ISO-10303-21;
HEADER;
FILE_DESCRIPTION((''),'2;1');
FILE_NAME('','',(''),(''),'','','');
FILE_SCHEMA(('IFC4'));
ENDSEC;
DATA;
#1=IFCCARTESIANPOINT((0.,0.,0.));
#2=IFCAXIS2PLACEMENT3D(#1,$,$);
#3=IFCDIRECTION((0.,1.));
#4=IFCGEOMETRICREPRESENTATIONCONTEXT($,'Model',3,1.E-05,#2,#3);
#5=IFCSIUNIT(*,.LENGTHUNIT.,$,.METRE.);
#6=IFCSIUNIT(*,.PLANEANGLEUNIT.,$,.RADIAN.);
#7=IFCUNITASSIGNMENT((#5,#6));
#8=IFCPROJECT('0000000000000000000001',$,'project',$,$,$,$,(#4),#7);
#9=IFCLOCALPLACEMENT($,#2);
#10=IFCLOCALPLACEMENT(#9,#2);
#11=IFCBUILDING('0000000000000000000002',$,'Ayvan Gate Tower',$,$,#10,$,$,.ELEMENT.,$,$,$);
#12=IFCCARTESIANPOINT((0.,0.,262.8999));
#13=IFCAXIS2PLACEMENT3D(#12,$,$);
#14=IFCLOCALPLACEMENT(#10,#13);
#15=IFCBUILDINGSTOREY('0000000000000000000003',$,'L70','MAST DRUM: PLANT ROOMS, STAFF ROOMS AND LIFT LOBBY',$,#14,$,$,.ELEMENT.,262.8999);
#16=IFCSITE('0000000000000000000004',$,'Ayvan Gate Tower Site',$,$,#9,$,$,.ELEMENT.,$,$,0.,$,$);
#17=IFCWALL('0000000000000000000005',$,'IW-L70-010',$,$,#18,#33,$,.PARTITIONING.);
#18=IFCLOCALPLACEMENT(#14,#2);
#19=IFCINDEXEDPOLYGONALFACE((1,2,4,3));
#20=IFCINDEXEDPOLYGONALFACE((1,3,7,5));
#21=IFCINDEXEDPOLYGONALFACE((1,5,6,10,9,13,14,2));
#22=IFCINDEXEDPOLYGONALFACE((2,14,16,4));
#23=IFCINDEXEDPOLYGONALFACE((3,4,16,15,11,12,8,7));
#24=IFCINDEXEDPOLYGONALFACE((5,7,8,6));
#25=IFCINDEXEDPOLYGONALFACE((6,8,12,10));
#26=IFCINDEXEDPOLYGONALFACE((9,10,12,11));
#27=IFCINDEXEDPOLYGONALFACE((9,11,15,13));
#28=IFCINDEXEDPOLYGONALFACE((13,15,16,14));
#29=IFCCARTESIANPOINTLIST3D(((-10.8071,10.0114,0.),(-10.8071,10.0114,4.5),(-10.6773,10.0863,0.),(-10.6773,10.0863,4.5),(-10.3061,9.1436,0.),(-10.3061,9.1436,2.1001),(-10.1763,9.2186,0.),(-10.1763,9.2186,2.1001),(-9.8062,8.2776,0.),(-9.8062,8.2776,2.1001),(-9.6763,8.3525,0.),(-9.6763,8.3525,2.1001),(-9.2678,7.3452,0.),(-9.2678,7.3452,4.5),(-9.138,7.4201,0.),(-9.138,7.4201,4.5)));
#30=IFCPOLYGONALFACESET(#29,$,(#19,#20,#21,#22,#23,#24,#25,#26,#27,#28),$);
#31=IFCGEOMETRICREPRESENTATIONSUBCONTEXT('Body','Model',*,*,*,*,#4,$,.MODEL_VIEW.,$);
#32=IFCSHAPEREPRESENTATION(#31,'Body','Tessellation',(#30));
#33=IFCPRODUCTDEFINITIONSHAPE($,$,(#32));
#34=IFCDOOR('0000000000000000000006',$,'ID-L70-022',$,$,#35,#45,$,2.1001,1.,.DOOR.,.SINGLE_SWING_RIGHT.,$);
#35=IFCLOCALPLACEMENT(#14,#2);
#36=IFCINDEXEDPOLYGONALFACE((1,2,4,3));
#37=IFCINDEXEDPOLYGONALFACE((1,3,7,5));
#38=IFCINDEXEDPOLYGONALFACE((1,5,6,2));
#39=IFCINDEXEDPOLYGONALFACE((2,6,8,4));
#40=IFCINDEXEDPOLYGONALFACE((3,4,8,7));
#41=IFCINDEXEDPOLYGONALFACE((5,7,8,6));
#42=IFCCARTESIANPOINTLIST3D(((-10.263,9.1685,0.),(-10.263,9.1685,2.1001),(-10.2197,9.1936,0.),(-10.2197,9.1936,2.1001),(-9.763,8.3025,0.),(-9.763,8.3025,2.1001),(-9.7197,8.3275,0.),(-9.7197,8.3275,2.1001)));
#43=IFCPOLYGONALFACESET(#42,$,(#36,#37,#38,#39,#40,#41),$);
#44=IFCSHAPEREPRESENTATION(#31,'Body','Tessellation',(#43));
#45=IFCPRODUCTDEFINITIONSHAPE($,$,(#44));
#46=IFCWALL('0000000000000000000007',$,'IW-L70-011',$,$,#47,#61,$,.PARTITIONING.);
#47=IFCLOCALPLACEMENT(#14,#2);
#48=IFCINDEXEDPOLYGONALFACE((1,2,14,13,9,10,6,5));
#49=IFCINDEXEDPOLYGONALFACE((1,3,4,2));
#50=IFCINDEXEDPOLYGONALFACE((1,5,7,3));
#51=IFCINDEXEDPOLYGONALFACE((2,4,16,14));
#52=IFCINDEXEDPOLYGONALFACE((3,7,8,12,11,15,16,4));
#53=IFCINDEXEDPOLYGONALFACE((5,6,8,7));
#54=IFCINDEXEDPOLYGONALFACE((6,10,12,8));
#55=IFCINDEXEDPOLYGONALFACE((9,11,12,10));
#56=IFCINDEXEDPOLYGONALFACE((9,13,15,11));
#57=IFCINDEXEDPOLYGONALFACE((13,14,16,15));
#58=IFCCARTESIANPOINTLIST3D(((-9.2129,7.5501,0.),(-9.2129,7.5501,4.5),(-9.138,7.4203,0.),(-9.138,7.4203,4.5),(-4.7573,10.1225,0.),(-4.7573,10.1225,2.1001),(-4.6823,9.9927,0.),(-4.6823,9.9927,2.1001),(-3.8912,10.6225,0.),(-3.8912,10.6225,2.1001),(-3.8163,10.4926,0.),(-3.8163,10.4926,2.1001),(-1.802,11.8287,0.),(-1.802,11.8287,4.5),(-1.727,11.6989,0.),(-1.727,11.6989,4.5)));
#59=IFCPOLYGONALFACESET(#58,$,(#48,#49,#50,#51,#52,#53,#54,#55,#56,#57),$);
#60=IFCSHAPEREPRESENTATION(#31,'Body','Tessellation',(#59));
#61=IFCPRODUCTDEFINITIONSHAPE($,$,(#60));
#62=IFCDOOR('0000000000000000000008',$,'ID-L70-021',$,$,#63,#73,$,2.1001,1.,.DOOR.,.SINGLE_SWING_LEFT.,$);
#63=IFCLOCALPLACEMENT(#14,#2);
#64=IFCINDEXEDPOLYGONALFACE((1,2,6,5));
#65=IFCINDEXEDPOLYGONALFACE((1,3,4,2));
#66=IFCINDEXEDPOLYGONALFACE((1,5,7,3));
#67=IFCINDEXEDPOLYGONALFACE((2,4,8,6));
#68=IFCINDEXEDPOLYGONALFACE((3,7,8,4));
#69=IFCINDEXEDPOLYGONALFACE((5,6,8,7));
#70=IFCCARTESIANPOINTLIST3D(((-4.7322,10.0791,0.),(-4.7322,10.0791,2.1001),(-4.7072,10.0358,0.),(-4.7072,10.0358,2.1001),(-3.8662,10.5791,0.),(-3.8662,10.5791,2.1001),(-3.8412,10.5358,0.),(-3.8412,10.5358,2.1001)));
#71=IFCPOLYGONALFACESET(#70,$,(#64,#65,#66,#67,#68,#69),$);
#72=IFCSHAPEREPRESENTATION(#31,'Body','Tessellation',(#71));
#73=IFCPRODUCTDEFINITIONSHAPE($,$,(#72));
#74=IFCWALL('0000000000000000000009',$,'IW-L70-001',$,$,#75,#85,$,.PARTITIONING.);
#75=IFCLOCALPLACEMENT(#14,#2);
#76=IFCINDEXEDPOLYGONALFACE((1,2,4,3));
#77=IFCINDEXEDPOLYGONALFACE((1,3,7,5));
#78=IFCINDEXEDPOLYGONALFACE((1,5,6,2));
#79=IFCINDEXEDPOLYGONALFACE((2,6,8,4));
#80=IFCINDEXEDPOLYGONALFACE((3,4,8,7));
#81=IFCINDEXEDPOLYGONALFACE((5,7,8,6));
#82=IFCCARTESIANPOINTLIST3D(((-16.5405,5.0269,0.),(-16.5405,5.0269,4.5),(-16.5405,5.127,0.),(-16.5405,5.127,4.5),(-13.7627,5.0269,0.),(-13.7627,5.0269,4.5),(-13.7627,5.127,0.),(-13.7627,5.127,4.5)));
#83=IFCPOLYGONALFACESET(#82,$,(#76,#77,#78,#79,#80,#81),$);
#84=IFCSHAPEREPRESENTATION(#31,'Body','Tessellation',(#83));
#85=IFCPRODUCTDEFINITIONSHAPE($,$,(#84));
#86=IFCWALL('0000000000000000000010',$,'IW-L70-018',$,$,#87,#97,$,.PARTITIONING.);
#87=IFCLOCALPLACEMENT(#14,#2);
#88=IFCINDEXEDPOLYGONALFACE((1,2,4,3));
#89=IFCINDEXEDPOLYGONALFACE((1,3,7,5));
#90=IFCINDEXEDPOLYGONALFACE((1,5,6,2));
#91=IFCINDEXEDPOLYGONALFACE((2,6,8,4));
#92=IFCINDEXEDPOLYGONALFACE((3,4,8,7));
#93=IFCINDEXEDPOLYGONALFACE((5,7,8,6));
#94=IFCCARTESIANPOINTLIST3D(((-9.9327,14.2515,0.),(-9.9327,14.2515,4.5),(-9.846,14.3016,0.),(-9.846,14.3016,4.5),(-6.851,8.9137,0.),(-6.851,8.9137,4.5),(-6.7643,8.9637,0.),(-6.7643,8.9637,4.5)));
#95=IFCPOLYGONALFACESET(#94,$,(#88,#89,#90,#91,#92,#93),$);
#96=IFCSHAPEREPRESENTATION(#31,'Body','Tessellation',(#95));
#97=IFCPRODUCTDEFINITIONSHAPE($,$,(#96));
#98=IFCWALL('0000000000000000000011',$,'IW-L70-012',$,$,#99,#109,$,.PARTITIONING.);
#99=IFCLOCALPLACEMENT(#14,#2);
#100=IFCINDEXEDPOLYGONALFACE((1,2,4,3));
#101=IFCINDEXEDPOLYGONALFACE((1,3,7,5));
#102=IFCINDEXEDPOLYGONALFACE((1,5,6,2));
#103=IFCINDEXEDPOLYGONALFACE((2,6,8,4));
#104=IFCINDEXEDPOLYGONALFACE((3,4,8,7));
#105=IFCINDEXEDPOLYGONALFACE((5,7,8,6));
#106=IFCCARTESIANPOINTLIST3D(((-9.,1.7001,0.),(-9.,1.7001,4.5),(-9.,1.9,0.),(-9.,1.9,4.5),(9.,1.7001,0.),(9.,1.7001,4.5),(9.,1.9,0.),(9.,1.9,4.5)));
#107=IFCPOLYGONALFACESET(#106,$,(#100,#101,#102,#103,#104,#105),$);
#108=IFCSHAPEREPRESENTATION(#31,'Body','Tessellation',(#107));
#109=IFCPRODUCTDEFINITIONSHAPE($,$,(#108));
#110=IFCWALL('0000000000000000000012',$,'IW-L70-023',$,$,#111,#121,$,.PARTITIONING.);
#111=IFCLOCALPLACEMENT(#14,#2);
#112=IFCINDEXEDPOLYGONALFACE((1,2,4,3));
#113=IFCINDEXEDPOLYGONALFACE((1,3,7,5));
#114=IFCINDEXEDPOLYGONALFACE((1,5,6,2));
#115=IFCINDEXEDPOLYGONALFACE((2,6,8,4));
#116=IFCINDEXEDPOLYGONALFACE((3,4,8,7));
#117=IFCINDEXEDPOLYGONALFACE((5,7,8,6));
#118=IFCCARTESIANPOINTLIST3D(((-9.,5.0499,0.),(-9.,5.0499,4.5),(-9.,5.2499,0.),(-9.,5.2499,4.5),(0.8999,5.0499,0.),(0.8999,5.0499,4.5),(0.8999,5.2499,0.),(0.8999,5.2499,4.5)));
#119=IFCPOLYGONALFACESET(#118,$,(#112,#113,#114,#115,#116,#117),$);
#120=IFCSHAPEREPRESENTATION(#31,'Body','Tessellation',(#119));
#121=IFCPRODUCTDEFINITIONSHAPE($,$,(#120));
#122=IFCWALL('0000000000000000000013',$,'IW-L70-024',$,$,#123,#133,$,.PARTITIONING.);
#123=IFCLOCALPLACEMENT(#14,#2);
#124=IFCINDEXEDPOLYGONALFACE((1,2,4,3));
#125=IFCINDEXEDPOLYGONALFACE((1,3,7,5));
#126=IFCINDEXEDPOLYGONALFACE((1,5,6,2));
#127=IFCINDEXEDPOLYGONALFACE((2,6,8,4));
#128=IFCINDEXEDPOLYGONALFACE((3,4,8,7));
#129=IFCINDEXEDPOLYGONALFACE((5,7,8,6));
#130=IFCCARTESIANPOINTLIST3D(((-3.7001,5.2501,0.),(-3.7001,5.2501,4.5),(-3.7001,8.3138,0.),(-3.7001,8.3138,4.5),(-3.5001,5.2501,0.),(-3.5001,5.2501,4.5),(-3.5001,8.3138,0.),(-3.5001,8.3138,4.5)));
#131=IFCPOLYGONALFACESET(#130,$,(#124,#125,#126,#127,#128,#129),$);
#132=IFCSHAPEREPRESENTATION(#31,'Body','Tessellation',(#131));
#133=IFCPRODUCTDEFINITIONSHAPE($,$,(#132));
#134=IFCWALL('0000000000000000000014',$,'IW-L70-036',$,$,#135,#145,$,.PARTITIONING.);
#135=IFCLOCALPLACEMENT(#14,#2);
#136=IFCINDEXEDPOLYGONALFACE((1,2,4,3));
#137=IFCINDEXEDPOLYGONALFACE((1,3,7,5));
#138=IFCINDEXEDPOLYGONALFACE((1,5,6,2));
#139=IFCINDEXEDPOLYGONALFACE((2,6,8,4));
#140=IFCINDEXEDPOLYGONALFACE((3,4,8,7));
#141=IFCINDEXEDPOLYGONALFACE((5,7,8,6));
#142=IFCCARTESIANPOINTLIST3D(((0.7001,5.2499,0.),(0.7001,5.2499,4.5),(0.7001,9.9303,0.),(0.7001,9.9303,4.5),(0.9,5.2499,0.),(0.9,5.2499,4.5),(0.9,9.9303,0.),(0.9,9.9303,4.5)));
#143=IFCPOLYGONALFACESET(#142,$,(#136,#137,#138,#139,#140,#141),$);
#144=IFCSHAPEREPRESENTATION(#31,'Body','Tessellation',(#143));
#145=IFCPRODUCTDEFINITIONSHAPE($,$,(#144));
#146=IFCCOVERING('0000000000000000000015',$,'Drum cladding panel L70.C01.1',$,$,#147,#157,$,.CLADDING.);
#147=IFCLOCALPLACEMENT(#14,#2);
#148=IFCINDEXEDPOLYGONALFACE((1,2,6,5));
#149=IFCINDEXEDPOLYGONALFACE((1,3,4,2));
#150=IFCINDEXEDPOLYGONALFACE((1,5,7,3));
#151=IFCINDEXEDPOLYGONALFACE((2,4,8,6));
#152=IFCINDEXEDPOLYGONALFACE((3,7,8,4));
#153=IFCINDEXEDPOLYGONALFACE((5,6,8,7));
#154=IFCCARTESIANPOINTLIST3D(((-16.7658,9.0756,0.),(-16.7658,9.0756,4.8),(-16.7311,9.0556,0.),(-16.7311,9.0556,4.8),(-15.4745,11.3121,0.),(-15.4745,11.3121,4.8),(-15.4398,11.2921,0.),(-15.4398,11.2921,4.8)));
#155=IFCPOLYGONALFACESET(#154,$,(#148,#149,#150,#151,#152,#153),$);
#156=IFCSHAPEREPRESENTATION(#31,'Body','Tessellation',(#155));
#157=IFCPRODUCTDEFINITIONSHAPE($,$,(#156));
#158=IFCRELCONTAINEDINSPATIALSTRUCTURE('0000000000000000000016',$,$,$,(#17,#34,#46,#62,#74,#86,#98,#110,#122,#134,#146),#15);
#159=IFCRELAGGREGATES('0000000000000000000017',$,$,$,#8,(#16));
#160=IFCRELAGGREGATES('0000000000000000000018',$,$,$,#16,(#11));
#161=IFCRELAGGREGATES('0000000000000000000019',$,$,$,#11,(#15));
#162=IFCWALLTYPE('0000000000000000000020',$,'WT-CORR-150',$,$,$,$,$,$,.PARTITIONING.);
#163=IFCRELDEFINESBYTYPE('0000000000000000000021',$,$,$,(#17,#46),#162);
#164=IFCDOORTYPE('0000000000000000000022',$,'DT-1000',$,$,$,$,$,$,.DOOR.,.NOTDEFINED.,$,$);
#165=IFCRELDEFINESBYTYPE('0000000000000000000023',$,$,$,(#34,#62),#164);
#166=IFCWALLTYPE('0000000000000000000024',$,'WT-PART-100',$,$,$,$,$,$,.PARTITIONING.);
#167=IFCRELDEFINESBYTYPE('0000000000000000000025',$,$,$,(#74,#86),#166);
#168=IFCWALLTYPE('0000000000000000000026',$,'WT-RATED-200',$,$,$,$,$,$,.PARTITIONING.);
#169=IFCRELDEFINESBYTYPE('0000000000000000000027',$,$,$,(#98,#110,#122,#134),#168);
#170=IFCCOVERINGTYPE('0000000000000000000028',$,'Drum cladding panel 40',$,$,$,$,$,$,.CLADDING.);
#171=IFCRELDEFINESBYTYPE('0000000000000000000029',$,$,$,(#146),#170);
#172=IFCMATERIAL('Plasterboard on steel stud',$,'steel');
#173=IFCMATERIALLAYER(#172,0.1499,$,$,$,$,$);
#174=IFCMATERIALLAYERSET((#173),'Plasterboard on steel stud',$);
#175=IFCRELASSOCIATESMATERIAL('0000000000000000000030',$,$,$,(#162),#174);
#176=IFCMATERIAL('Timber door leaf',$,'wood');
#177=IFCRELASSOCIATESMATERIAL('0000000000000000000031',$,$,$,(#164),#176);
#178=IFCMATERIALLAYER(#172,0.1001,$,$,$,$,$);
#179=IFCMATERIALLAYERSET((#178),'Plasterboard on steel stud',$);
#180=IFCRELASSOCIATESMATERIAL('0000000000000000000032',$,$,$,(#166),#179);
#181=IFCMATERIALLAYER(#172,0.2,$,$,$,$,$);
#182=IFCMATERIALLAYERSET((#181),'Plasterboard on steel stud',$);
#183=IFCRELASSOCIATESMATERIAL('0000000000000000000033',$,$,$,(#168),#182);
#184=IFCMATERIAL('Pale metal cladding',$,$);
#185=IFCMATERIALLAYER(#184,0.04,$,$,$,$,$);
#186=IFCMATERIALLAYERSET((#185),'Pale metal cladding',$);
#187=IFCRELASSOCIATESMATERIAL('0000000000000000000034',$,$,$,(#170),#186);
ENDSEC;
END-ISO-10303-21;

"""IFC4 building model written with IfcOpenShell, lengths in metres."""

from ifc_helpers import new_model, si_unit, direction, frame, frame_2d, origin, origin_2d, place, context, subcontext, project, spatial, rectangle, extrude, material, layer, layer_set, type_object, element, fill, save


model = new_model("IFC4")

# Units and contexts
model_context = context("Model", 3, precision=1e-05, world=origin(), true_north=direction((0.0, 1.0)))
body_context = subcontext(model_context, "Body", "Model", "MODEL_VIEW")
ifc_project = project(units=[si_unit("LENGTHUNIT", "METRE"), si_unit("PLANEANGLEUNIT", "RADIAN")], contexts=[model_context])

# Site, building, storey
site_placement = place(None, origin())
site = spatial("IfcSite", under=ifc_project, at=site_placement, Name="Ayvan Gate Tower Site", CompositionType="ELEMENT", RefElevation=0.0)
building_placement = place(site_placement, origin())
building = spatial("IfcBuilding", under=site, at=building_placement, Name="Ayvan Gate Tower", CompositionType="ELEMENT")
storey_placement = place(building_placement, frame((0.0, 0.0, 262.8999)))
storey = spatial("IfcBuildingStorey", under=building, at=storey_placement, Name="L70", Description="MAST DRUM: PLANT ROOMS, STAFF ROOMS AND LIFT LOBBY", CompositionType="ELEMENT", Elevation=262.8999)

# Shared definitions
ifc_material_1 = material(Name="Timber door leaf", Category="wood")

# Shared definitions
ifc_material_2 = material(Name="Plasterboard on steel stud", Category="steel")
ifc_layer_1 = layer(ifc_material_2, 0.1499)
ifc_layer_set_1 = layer_set([ifc_layer_1], Name="Plasterboard on steel stud")
wall_type_1 = type_object("IfcWallType", Name="WT-CORR-150", PredefinedType="PARTITIONING", material=ifc_layer_set_1)
door_type_1 = type_object("IfcDoorType", Name="DT-1000", OperationType="NOTDEFINED", PredefinedType="DOOR", material=ifc_material_1)

# Walls, openings, doors
wall_1_placement = place(storey_placement, frame((-10.7422, 10.0488, 0.0), z_axis=(0.0, 0.0, 1.0), x_axis=(0.499986, -0.866034, 0.0)))
wall_1 = element("IfcWall", 1, at=wall_1_placement, inside=storey, type_object=wall_type_1, Name="IW-L70-010", PredefinedType="PARTITIONING", context=body_context, shape_type="SweptSolid", body=[
    extrude(rectangle(XDim=3.0786, YDim=0.1499, at=frame_2d((1.5393, 0.0))), origin(), (0.0, 0.0, 1.0), 4.5),
])
opening_1_placement = place(wall_1_placement, frame((1.002, 0.0, 0.0)))
opening_1 = element("IfcOpeningElement", 2, at=opening_1_placement, cuts=wall_1, PredefinedType="OPENING", context=body_context, shape_type="SweptSolid", body=[
    extrude(rectangle(XDim=1.0, YDim=2.1001, at=frame_2d((0.5, 1.05))), frame((0.0, 0.085, 0.0), z_axis=(0.0, -1.0, 0.0), x_axis=(1.0, 0.0, 0.0)), (0.0, 0.0, 1.0), 0.1699),
])
door_1_placement = place(opening_1_placement, origin())
door_1 = element("IfcDoor", 3, at=door_1_placement, inside=storey, type_object=door_type_1, Name="ID-L70-022", OperationType="SINGLE_SWING_RIGHT", OverallHeight=2.1001, OverallWidth=1.0, PredefinedType="DOOR", context=body_context, shape_type="SweptSolid", body=[
    extrude(rectangle(XDim=1.0, YDim=2.1001, at=frame_2d((0.5, 1.05))), frame((0.0, 0.0249, 0.0), z_axis=(0.0, -1.0, 0.0), x_axis=(1.0, 0.0, 0.0)), (0.0, 0.0, 1.0), 0.05),
])
fill(opening_1, door_1)
wall_2_placement = place(storey_placement, frame((-9.1755, 7.4851, 0.0), z_axis=(0.0, 0.0, 1.0), x_axis=(0.866031, 0.49999, 0.0)))
wall_2 = element("IfcWall", 4, at=wall_2_placement, inside=storey, type_object=wall_type_1, Name="IW-L70-011", PredefinedType="PARTITIONING", context=body_context, shape_type="SweptSolid", body=[
    extrude(rectangle(XDim=8.5574, YDim=0.1499, at=frame_2d((4.2788, 0.0))), origin(), (0.0, 0.0, 1.0), 4.5),
])
opening_2_placement = place(wall_2_placement, frame((5.145, 0.0, 0.0)))
opening_2 = element("IfcOpeningElement", 5, at=opening_2_placement, cuts=wall_2, PredefinedType="OPENING", context=body_context, shape_type="SweptSolid", body=[
    extrude(rectangle(XDim=1.0, YDim=2.1001, at=frame_2d((0.5, 1.05))), frame((0.0, 0.085, 0.0), z_axis=(0.0, -1.0, 0.0), x_axis=(1.0, 0.0, 0.0)), (0.0, 0.0, 1.0), 0.1699),
])
door_2_placement = place(opening_2_placement, origin())
door_2 = element("IfcDoor", 6, at=door_2_placement, inside=storey, type_object=door_type_1, Name="ID-L70-021", OperationType="SINGLE_SWING_LEFT", OverallHeight=2.1001, OverallWidth=1.0, PredefinedType="DOOR", context=body_context, shape_type="SweptSolid", body=[
    extrude(rectangle(XDim=1.0, YDim=2.1001, at=frame_2d((0.5, 1.05))), frame((0.0, 0.0249, 0.0), z_axis=(0.0, -1.0, 0.0), x_axis=(1.0, 0.0, 0.0)), (0.0, 0.0, 1.0), 0.05),
])
fill(opening_2, door_2)

# Walls
ifc_layer_2 = layer(ifc_material_2, 0.1001)
ifc_layer_set_2 = layer_set([ifc_layer_2], Name="Plasterboard on steel stud")
wall_type_2 = type_object("IfcWallType", Name="WT-PART-100", PredefinedType="PARTITIONING", material=ifc_layer_set_2)
wall_3_placement = place(storey_placement, frame((-16.5405, 5.0769, 0.0), z_axis=(0.0, 0.0, 1.0), x_axis=(1.0, 0.0, 0.0)))
element("IfcWall", 7, at=wall_3_placement, inside=storey, type_object=wall_type_2, Name="IW-L70-001", PredefinedType="PARTITIONING", context=body_context, shape_type="SweptSolid", body=[
    extrude(rectangle(XDim=2.7778, YDim=0.1001, at=frame_2d((1.3889, 0.0))), origin(), (0.0, 0.0, 1.0), 4.5),
])
wall_4_placement = place(storey_placement, frame((-6.8076, 8.9387, 0.0), z_axis=(0.0, 0.0, 1.0), x_axis=(-0.499994, 0.866029, 0.0)))
element("IfcWall", 8, at=wall_4_placement, inside=storey, type_object=wall_type_2, Name="IW-L70-018", PredefinedType="PARTITIONING", context=body_context, shape_type="SweptSolid", body=[
    extrude(rectangle(XDim=6.1636, YDim=0.1001, at=frame_2d((3.0818, 0.0))), origin(), (0.0, 0.0, 1.0), 4.5),
])
ifc_layer_3 = layer(ifc_material_2, 0.2)
ifc_layer_set_3 = layer_set([ifc_layer_3], Name="Plasterboard on steel stud")
wall_type_3 = type_object("IfcWallType", Name="WT-RATED-200", PredefinedType="PARTITIONING", material=ifc_layer_set_3)
wall_5_placement = place(storey_placement, frame((-9.0, 1.8, 0.0), z_axis=(0.0, 0.0, 1.0), x_axis=(1.0, 0.0, 0.0)))
element("IfcWall", 9, at=wall_5_placement, inside=storey, type_object=wall_type_3, Name="IW-L70-012", PredefinedType="PARTITIONING", context=body_context, shape_type="SweptSolid", body=[
    extrude(rectangle(XDim=18.0, YDim=0.2, at=frame_2d((9.0, 0.0))), origin(), (0.0, 0.0, 1.0), 4.5),
])
wall_6_placement = place(storey_placement, frame((-9.0, 5.1499, 0.0), z_axis=(0.0, 0.0, 1.0), x_axis=(1.0, 0.0, 0.0)))
element("IfcWall", 10, at=wall_6_placement, inside=storey, type_object=wall_type_3, Name="IW-L70-023", PredefinedType="PARTITIONING", context=body_context, shape_type="SweptSolid", body=[
    extrude(rectangle(XDim=9.8999, YDim=0.2, at=frame_2d((4.95, 0.0))), origin(), (0.0, 0.0, 1.0), 4.5),
])
wall_7_placement = place(storey_placement, frame((-3.6001, 8.3137, 0.0), z_axis=(0.0, 0.0, 1.0), x_axis=(0.0, -1.0, 0.0)))
element("IfcWall", 11, at=wall_7_placement, inside=storey, type_object=wall_type_3, Name="IW-L70-024", PredefinedType="PARTITIONING", context=body_context, shape_type="SweptSolid", body=[
    extrude(rectangle(XDim=3.0637, YDim=0.2, at=frame_2d((1.5317, 0.0))), origin(), (0.0, 0.0, 1.0), 4.5),
])
wall_8_placement = place(storey_placement, frame((0.8, 9.9304, 0.0), z_axis=(0.0, 0.0, 1.0), x_axis=(0.0, -1.0, 0.0)))
element("IfcWall", 12, at=wall_8_placement, inside=storey, type_object=wall_type_3, Name="IW-L70-036", PredefinedType="PARTITIONING", context=body_context, shape_type="SweptSolid", body=[
    extrude(rectangle(XDim=4.6804, YDim=0.2, at=frame_2d((2.3403, 0.0))), origin(), (0.0, 0.0, 1.0), 4.5),
])

# Covering
ifc_material_3 = material(Name="Pale metal cladding")
ifc_layer_4 = layer(ifc_material_3, 0.04)
ifc_layer_set_4 = layer_set([ifc_layer_4], Name="Pale metal cladding")
covering_type = type_object("IfcCoveringType", Name="Drum cladding panel 40", PredefinedType="CLADDING", material=ifc_layer_set_4)
covering_placement = place(storey_placement, frame((-16.1028, 10.1838, 0.0), z_axis=(0.0, 0.0, 1.0), x_axis=(-0.5, -0.866025, 0.0)))
element("IfcCovering", 13, at=covering_placement, inside=storey, type_object=covering_type, Name="Drum cladding panel L70.C01.1", PredefinedType="CLADDING", context=body_context, shape_type="SweptSolid", body=[
    extrude(rectangle(XDim=2.5825, YDim=0.04, at=origin_2d()), origin(), (0.0, 0.0, 1.0), 4.8),
])

save(model, "model.ifc")
